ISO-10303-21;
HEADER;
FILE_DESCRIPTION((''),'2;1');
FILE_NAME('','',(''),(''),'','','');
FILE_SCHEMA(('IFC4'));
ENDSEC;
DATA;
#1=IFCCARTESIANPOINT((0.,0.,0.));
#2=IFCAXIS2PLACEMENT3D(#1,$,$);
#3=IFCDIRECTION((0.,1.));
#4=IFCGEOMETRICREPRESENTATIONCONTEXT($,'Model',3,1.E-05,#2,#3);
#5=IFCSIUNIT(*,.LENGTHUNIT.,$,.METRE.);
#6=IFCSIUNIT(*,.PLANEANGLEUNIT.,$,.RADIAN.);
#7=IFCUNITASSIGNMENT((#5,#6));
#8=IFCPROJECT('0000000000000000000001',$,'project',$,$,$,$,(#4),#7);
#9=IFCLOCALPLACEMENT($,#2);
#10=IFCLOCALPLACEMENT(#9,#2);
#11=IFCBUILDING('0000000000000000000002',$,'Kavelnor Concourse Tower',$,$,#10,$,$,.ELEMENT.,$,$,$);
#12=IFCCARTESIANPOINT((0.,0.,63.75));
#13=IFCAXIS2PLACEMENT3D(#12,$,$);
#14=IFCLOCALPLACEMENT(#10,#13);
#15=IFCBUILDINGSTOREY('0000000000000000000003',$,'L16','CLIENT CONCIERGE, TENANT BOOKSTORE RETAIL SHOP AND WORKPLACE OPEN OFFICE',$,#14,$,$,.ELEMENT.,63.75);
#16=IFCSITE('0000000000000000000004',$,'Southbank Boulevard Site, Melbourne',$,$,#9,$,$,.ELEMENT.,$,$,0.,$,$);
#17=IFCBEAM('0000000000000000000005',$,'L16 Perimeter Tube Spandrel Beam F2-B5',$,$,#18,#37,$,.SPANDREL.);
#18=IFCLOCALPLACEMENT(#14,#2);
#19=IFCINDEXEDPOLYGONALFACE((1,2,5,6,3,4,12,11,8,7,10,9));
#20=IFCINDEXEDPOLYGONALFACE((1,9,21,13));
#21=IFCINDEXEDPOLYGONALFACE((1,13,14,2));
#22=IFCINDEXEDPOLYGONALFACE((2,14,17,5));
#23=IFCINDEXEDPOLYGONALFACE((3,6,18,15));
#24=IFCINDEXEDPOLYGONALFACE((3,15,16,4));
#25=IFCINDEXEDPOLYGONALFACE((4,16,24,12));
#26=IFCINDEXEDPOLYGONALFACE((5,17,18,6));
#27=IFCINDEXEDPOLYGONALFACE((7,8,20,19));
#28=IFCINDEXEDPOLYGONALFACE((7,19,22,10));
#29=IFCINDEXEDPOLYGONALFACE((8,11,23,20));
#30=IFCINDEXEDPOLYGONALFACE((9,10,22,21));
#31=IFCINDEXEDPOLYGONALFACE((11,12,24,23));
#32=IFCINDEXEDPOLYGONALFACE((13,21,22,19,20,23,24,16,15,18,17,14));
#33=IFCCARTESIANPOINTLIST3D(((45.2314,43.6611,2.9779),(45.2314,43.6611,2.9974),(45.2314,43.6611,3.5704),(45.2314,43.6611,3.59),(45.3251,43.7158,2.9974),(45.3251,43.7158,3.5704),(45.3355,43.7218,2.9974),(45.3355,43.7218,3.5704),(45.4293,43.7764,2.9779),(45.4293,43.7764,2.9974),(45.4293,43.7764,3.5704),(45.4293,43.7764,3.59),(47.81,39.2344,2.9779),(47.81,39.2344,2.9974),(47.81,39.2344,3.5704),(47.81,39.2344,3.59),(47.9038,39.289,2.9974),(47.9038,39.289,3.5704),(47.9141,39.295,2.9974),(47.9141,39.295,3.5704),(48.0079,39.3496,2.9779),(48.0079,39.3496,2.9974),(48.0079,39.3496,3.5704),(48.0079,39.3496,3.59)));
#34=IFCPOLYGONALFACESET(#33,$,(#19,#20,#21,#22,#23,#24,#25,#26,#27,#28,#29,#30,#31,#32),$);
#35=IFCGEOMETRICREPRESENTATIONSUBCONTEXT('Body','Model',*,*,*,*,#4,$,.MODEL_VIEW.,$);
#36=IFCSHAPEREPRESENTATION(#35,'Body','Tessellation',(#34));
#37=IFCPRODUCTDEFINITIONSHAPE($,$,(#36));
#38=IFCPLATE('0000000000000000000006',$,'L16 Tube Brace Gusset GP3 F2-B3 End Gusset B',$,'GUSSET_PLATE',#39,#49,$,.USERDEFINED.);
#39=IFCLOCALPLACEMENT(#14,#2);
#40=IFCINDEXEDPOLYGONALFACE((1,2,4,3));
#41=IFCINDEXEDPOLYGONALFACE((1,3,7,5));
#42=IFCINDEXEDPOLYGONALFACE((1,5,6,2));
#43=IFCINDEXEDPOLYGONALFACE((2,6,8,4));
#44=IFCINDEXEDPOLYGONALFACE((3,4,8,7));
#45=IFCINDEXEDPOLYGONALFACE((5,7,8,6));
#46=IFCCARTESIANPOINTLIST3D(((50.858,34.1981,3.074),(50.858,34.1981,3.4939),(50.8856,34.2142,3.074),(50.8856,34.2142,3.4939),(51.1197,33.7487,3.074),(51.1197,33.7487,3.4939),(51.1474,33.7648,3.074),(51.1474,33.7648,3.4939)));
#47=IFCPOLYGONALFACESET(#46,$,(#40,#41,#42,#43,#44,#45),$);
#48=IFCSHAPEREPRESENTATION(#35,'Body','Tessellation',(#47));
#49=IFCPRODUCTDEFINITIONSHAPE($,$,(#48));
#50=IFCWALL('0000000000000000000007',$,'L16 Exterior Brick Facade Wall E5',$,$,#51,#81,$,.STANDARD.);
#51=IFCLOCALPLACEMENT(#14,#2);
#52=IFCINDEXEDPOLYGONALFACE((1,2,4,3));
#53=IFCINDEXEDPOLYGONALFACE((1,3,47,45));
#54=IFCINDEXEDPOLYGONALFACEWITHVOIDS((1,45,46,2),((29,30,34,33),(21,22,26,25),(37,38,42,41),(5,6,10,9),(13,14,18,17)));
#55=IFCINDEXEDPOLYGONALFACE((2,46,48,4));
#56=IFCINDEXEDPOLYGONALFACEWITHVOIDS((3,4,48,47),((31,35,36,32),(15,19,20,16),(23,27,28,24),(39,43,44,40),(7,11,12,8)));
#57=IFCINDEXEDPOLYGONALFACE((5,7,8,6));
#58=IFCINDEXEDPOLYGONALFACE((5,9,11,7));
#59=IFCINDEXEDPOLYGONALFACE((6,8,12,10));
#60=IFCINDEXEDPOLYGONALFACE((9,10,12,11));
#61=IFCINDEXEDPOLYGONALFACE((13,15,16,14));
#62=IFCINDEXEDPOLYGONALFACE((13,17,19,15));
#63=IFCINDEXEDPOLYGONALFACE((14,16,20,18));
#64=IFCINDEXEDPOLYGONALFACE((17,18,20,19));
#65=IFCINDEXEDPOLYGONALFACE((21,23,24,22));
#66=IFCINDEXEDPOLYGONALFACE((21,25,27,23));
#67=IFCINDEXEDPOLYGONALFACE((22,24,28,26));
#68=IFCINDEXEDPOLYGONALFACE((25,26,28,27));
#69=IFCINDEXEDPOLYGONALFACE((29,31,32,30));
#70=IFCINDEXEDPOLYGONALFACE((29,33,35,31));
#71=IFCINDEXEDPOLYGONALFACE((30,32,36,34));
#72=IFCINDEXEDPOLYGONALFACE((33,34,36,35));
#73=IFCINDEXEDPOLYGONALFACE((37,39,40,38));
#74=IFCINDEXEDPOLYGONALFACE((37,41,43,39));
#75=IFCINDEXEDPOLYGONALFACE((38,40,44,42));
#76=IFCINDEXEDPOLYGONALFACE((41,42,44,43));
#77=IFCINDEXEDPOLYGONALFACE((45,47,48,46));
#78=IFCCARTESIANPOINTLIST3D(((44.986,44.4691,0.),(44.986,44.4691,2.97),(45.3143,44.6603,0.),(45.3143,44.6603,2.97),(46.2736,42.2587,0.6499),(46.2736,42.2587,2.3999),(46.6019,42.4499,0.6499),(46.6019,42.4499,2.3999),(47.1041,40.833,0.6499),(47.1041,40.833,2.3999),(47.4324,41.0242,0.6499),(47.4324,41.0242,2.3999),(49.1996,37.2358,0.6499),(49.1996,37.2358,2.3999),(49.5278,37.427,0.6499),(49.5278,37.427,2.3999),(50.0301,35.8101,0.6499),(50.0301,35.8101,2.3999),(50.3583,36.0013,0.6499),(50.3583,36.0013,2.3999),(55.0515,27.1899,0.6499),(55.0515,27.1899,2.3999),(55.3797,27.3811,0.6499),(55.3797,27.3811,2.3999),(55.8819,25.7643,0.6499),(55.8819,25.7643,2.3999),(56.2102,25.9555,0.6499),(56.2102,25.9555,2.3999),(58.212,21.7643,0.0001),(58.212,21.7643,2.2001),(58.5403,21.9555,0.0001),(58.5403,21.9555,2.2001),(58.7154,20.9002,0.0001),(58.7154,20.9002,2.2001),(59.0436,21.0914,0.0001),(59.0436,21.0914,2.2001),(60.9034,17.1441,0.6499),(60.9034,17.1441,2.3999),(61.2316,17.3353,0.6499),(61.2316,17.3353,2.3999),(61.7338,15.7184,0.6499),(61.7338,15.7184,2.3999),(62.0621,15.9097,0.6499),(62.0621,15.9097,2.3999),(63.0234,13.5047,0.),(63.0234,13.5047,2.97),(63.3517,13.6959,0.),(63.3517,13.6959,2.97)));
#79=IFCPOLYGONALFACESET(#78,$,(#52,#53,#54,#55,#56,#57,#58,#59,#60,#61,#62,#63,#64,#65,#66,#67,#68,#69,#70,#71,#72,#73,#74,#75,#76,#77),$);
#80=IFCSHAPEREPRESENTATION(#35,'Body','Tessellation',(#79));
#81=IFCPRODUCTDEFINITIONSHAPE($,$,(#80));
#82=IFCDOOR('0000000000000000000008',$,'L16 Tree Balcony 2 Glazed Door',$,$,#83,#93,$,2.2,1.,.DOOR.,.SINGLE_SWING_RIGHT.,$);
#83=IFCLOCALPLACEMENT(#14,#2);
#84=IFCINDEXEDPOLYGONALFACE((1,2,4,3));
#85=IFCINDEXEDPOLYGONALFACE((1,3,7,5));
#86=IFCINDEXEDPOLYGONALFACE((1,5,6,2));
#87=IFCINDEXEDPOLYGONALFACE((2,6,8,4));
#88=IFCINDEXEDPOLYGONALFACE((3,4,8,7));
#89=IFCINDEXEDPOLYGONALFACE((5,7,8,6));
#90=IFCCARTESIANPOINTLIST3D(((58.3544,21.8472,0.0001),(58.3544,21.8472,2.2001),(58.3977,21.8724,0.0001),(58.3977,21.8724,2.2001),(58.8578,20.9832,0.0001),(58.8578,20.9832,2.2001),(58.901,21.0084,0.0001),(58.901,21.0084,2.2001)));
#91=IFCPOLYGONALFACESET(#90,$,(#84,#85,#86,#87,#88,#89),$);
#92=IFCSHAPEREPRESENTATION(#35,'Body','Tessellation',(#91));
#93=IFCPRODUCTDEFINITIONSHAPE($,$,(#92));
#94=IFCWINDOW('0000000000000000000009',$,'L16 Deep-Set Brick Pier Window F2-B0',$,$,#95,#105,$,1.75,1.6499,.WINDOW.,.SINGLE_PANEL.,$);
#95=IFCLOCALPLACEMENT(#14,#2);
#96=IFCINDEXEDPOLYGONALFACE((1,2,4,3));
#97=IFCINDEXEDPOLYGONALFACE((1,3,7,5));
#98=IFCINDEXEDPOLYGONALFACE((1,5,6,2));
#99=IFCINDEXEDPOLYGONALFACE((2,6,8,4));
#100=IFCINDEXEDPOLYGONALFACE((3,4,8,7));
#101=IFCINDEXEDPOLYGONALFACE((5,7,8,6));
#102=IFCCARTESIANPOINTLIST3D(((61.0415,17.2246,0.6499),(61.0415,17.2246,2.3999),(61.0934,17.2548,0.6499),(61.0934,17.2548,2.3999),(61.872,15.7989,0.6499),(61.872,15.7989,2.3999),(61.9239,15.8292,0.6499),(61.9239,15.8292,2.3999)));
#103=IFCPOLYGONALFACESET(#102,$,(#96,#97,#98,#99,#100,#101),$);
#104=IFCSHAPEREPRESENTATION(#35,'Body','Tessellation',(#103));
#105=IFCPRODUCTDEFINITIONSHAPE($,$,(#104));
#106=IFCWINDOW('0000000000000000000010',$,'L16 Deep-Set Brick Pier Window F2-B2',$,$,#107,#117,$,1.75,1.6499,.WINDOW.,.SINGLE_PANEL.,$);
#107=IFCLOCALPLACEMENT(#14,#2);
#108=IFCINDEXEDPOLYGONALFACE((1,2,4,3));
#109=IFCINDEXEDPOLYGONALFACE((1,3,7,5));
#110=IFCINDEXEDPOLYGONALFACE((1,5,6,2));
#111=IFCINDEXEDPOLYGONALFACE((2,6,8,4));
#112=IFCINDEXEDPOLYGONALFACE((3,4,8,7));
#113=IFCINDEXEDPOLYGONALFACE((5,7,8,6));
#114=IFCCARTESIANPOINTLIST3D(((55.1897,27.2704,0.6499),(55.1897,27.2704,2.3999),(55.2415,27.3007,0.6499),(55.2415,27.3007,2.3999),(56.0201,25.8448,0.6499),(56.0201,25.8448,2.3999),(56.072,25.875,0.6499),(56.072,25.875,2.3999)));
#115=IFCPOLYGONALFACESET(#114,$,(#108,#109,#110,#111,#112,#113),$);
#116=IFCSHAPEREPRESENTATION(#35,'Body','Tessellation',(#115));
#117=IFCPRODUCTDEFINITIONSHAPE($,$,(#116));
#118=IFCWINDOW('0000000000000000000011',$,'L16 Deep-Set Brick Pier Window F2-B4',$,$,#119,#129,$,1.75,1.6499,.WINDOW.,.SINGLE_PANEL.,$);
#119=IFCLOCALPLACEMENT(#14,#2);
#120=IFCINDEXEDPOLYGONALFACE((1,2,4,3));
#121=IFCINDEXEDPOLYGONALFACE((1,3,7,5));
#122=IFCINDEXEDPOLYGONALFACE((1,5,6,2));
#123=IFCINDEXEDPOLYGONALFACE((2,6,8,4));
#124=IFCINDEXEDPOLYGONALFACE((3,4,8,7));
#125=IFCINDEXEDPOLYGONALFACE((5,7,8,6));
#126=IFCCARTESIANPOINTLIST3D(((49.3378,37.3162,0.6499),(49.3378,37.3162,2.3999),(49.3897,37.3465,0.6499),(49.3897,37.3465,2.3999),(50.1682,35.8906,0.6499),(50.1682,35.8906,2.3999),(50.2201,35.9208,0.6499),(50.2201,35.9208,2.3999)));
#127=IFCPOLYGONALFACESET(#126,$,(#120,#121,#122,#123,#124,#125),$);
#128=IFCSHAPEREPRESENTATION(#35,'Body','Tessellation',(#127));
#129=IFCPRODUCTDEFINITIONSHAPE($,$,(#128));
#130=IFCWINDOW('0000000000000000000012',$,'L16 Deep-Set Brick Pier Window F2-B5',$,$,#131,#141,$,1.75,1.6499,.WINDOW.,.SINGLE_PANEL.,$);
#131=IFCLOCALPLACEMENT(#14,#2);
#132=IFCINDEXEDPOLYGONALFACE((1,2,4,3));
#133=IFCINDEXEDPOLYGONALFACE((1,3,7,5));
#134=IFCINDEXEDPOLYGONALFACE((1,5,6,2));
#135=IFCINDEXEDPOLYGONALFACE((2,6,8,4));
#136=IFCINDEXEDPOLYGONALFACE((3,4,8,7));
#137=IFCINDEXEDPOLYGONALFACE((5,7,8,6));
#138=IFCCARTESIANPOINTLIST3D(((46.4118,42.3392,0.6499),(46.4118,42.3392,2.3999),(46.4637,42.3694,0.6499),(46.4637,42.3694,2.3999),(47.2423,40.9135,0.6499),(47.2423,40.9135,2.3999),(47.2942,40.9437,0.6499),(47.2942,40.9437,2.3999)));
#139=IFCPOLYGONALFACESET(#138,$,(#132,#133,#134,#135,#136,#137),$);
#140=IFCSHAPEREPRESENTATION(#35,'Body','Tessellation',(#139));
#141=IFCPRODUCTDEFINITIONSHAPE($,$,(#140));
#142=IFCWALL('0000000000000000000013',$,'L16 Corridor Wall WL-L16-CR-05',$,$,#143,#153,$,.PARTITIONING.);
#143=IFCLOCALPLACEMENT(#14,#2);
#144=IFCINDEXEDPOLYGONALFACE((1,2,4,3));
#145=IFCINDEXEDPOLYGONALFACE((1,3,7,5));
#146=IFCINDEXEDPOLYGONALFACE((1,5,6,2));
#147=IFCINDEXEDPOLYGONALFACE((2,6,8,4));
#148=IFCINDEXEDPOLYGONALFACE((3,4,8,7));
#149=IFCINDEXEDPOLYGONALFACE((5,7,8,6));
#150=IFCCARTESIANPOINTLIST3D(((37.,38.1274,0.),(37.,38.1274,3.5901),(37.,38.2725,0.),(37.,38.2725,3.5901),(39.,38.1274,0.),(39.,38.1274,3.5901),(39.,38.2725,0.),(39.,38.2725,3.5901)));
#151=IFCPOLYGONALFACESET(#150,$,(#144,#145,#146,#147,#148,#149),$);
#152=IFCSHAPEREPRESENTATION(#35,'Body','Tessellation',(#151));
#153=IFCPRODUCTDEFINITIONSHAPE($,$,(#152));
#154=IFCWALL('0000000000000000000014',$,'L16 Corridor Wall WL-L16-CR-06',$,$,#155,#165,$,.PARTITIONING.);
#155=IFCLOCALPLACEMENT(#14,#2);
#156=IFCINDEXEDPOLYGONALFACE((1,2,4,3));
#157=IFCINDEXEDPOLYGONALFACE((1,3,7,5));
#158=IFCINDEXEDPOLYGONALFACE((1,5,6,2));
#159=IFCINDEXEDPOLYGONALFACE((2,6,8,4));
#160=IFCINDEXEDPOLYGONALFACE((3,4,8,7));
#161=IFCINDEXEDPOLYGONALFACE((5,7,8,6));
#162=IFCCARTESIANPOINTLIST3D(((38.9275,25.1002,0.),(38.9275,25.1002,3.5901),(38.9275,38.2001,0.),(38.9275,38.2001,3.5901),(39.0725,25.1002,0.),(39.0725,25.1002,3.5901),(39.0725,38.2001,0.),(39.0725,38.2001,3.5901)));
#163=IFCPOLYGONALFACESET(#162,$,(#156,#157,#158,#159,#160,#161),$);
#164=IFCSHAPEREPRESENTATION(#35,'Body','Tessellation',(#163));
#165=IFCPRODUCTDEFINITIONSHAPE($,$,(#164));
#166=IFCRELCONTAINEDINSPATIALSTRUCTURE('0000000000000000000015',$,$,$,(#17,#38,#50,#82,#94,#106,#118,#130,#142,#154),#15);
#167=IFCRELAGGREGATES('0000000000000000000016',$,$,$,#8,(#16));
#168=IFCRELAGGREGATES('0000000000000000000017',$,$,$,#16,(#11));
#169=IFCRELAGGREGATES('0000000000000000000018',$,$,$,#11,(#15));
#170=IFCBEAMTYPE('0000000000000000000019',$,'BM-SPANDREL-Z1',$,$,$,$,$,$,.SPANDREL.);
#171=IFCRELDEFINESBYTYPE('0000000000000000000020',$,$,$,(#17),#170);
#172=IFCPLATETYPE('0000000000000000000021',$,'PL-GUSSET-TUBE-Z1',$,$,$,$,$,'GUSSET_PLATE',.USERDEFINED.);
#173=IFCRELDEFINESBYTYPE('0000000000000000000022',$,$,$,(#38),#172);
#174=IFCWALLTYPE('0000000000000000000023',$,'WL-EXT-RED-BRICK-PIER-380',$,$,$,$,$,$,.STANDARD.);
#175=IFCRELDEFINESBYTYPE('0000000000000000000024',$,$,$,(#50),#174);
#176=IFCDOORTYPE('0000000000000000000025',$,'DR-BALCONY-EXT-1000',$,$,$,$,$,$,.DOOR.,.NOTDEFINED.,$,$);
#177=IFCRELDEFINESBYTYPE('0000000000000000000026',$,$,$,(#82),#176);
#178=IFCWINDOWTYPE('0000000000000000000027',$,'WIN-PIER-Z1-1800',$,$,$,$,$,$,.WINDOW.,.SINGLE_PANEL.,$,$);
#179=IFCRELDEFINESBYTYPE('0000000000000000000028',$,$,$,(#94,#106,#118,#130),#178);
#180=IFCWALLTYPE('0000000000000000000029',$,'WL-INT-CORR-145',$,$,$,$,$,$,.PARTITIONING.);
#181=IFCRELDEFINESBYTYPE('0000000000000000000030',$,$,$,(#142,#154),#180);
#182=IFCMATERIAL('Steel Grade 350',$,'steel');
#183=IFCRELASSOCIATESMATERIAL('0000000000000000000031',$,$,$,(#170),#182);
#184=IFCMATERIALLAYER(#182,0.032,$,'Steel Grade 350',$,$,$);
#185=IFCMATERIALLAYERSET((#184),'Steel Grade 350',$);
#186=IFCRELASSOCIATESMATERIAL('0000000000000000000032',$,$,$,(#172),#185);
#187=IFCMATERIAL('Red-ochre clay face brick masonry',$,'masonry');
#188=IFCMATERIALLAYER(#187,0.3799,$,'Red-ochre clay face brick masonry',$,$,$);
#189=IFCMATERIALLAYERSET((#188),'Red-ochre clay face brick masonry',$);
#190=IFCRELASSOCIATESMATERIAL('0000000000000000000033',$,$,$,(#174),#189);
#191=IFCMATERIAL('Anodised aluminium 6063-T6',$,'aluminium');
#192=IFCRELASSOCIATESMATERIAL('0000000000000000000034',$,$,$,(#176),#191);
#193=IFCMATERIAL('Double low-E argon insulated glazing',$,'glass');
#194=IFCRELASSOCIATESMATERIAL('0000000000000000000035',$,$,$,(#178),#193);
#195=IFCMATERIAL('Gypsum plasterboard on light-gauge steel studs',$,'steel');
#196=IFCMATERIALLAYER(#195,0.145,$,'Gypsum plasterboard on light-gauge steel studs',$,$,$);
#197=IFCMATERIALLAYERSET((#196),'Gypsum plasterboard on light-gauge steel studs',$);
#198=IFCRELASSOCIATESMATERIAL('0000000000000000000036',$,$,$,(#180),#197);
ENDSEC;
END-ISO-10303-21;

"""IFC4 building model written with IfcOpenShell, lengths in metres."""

from ifc_helpers import new_model, si_unit, direction, frame, frame_2d, origin, origin_2d, place, context, subcontext, project, spatial, rectangle, i_section, extrude, material, layer, layer_set, material_profile, profile_set, type_object, element, fill, save


model = new_model("IFC4")

# Units and contexts
model_context = context("Model", 3, precision=1e-05, world=origin(), true_north=direction((0.0, 1.0)))
body_context = subcontext(model_context, "Body", "Model", "MODEL_VIEW")
ifc_project = project(units=[si_unit("LENGTHUNIT", "METRE"), si_unit("PLANEANGLEUNIT", "RADIAN")], contexts=[model_context])

# Site, building, storey
site_placement = place(None, origin())
site = spatial("IfcSite", under=ifc_project, at=site_placement, Name="Southbank Boulevard Site, Melbourne", CompositionType="ELEMENT", RefElevation=0.0)
building_placement = place(site_placement, origin())
building = spatial("IfcBuilding", under=site, at=building_placement, Name="Kavelnor Concourse Tower", CompositionType="ELEMENT")
storey_placement = place(building_placement, frame((0.0, 0.0, 63.75)))
storey = spatial("IfcBuildingStorey", under=building, at=storey_placement, Name="L16", Description="CLIENT CONCIERGE, TENANT BOOKSTORE RETAIL SHOP AND WORKPLACE OPEN OFFICE", CompositionType="ELEMENT", Elevation=63.75)

# Shared definitions
ifc_material_1 = material(Name="Steel Grade 350", Category="steel")

# Beam
ifc_material_profile_1 = material_profile(ifc_material_1, i_section(OverallWidth=0.229, OverallDepth=0.6121, WebThickness=0.012, FlangeThickness=0.0195, at=origin_2d()), Name="610UB125")
ifc_profile_set_1 = profile_set([ifc_material_profile_1], Name="Steel Grade 350")
beam_type_1 = type_object("IfcBeamType", Name="BM-SPANDREL-Z1", PredefinedType="SPANDREL", material=ifc_profile_set_1)
for number, where, z_axis, x_axis, name in (
    (1, (47.9089, 39.292, 3.2839), (-0.503338, 0.86409, 0.0), (-0.86409, -0.503338, 0.0), "L16 Perimeter Tube Spandrel Beam F2-B5"),
):
    element("IfcBeam", number, at=place(storey_placement, frame(where, z_axis=z_axis, x_axis=x_axis)), inside=storey, type_object=beam_type_1, Name=name, PredefinedType="SPANDREL", context=body_context, shape_type="SweptSolid", body=[
        extrude(i_section(OverallWidth=0.229, OverallDepth=0.6121, WebThickness=0.012, FlangeThickness=0.0195, at=origin_2d()), origin(), (0.0, 0.0, 1.0), 5.123),
    ])

# Plate
ifc_layer_1 = layer(ifc_material_1, 0.032, Name="Steel Grade 350")
ifc_layer_set_1 = layer_set([ifc_layer_1], Name="Steel Grade 350")
plate_type = type_object("IfcPlateType", Name="PL-GUSSET-TUBE-Z1", ElementType="GUSSET_PLATE", PredefinedType="USERDEFINED", material=ifc_layer_set_1)
plate_placement = place(storey_placement, frame((51.0027, 33.9814, 3.074), z_axis=(0.0, 0.0, 1.0), x_axis=(-0.503322, 0.864099, 0.0)))
element("IfcPlate", 2, at=plate_placement, inside=storey, type_object=plate_type, Name="L16 Tube Brace Gusset GP3 F2-B3 End Gusset B", ObjectType="GUSSET_PLATE", PredefinedType="USERDEFINED", context=body_context, shape_type="SweptSolid", body=[
    extrude(rectangle(XDim=0.52, YDim=0.032, at=origin_2d()), origin(), (0.0, 0.0, 1.0), 0.4199),
])

# Wall, openings, door, windows
ifc_material_2 = material(Name="Red-ochre clay face brick masonry", Category="masonry")
ifc_layer_2 = layer(ifc_material_2, 0.3799, Name="Red-ochre clay face brick masonry")
ifc_layer_set_2 = layer_set([ifc_layer_2], Name="Red-ochre clay face brick masonry")
wall_type_1 = type_object("IfcWallType", Name="WL-EXT-RED-BRICK-PIER-380", PredefinedType="STANDARD", material=ifc_layer_set_2)
wall_1_placement = place(storey_placement, frame((45.1501, 44.5647, 0.0), z_axis=(0.0, 0.0, 1.0), x_axis=(0.503347, -0.864085, 0.0)))
wall_1 = element("IfcWall", 3, at=wall_1_placement, inside=storey, type_object=wall_type_1, Name="L16 Exterior Brick Facade Wall E5", PredefinedType="STANDARD", context=body_context, shape_type="SweptSolid", body=[
    extrude(rectangle(XDim=35.835, YDim=0.3799, at=frame_2d((17.9175, 0.0))), origin(), (0.0, 0.0, 1.0), 2.97),
])
opening_1_placement = place(wall_1_placement, frame((26.2761, 0.0, 0.0)))
opening_1 = element("IfcOpeningElement", 4, at=opening_1_placement, cuts=wall_1, PredefinedType="OPENING", context=body_context, shape_type="SweptSolid", body=[
    extrude(rectangle(XDim=1.0, YDim=2.2, at=frame_2d((0.5, 1.1001))), frame((0.0, 0.2, 0.0), z_axis=(0.0, -1.0, 0.0), x_axis=(1.0, 0.0, 0.0)), (0.0, 0.0, 1.0), 0.3999),
])
opening_2_placement = place(wall_1_placement, frame((31.623, 0.0, 0.6499)))
opening_2 = element("IfcOpeningElement", 5, at=opening_2_placement, cuts=wall_1, PredefinedType="OPENING", context=body_context, shape_type="SweptSolid", body=[
    extrude(rectangle(XDim=1.6499, YDim=1.75, at=frame_2d((0.825, 0.875))), frame((0.0, 0.2, 0.0), z_axis=(0.0, -1.0, 0.0), x_axis=(1.0, 0.0, 0.0)), (0.0, 0.0, 1.0), 0.3999),
])
opening_3_placement = place(wall_1_placement, frame((19.9971, 0.0, 0.6499)))
opening_3 = element("IfcOpeningElement", 6, at=opening_3_placement, cuts=wall_1, PredefinedType="OPENING", context=body_context, shape_type="SweptSolid", body=[
    extrude(rectangle(XDim=1.6499, YDim=1.75, at=frame_2d((0.825, 0.875))), frame((0.0, 0.2, 0.0), z_axis=(0.0, -1.0, 0.0), x_axis=(1.0, 0.0, 0.0)), (0.0, 0.0, 1.0), 0.3999),
])
opening_4_placement = place(wall_1_placement, frame((8.3711, 0.0, 0.6499)))
opening_4 = element("IfcOpeningElement", 7, at=opening_4_placement, cuts=wall_1, PredefinedType="OPENING", context=body_context, shape_type="SweptSolid", body=[
    extrude(rectangle(XDim=1.6499, YDim=1.75, at=frame_2d((0.825, 0.875))), frame((0.0, 0.2, 0.0), z_axis=(0.0, -1.0, 0.0), x_axis=(1.0, 0.0, 0.0)), (0.0, 0.0, 1.0), 0.3999),
])
opening_5_placement = place(wall_1_placement, frame((2.5581, 0.0, 0.6499)))
opening_5 = element("IfcOpeningElement", 8, at=opening_5_placement, cuts=wall_1, PredefinedType="OPENING", context=body_context, shape_type="SweptSolid", body=[
    extrude(rectangle(XDim=1.6499, YDim=1.75, at=frame_2d((0.825, 0.875))), frame((0.0, 0.2, 0.0), z_axis=(0.0, -1.0, 0.0), x_axis=(1.0, 0.0, 0.0)), (0.0, 0.0, 1.0), 0.3999),
])
ifc_material_3 = material(Name="Anodised aluminium 6063-T6", Category="aluminium")
door_type = type_object("IfcDoorType", Name="DR-BALCONY-EXT-1000", OperationType="NOTDEFINED", PredefinedType="DOOR", material=ifc_material_3)
door_placement = place(opening_1_placement, origin())
door = element("IfcDoor", 9, at=door_placement, inside=storey, type_object=door_type, Name="L16 Tree Balcony 2 Glazed Door", OperationType="SINGLE_SWING_RIGHT", OverallHeight=2.2, OverallWidth=1.0, PredefinedType="DOOR", context=body_context, shape_type="SweptSolid", body=[
    extrude(rectangle(XDim=1.0, YDim=2.2, at=frame_2d((0.5, 1.1001))), frame((0.0, 0.0249, 0.0), z_axis=(0.0, -1.0, 0.0), x_axis=(1.0, 0.0, 0.0)), (0.0, 0.0, 1.0), 0.05),
])
fill(opening_1, door)
ifc_material_4 = material(Name="Double low-E argon insulated glazing", Category="glass")
window_type = type_object("IfcWindowType", Name="WIN-PIER-Z1-1800", PartitioningType="SINGLE_PANEL", PredefinedType="WINDOW", material=ifc_material_4)
window_1_placement = place(opening_2_placement, origin())
window_1 = element("IfcWindow", 10, at=window_1_placement, inside=storey, type_object=window_type, Name="L16 Deep-Set Brick Pier Window F2-B0", OverallHeight=1.75, OverallWidth=1.6499, PartitioningType="SINGLE_PANEL", PredefinedType="WINDOW", context=body_context, shape_type="SweptSolid", body=[
    extrude(rectangle(XDim=1.6499, YDim=1.75, at=frame_2d((0.825, 0.875))), frame((0.0, 0.03, 0.0), z_axis=(0.0, -1.0, 0.0), x_axis=(1.0, 0.0, 0.0)), (0.0, 0.0, 1.0), 0.0601),
])
fill(opening_2, window_1)
window_2_placement = place(opening_3_placement, origin())
window_2 = element("IfcWindow", 11, at=window_2_placement, inside=storey, type_object=window_type, Name="L16 Deep-Set Brick Pier Window F2-B2", OverallHeight=1.75, OverallWidth=1.6499, PartitioningType="SINGLE_PANEL", PredefinedType="WINDOW", context=body_context, shape_type="SweptSolid", body=[
    extrude(rectangle(XDim=1.6499, YDim=1.75, at=frame_2d((0.825, 0.875))), frame((0.0, 0.03, 0.0), z_axis=(0.0, -1.0, 0.0), x_axis=(1.0, 0.0, 0.0)), (0.0, 0.0, 1.0), 0.0601),
])
fill(opening_3, window_2)
window_3_placement = place(opening_4_placement, origin())
window_3 = element("IfcWindow", 12, at=window_3_placement, inside=storey, type_object=window_type, Name="L16 Deep-Set Brick Pier Window F2-B4", OverallHeight=1.75, OverallWidth=1.6499, PartitioningType="SINGLE_PANEL", PredefinedType="WINDOW", context=body_context, shape_type="SweptSolid", body=[
    extrude(rectangle(XDim=1.6499, YDim=1.75, at=frame_2d((0.825, 0.875))), frame((0.0, 0.03, 0.0), z_axis=(0.0, -1.0, 0.0), x_axis=(1.0, 0.0, 0.0)), (0.0, 0.0, 1.0), 0.0601),
])
fill(opening_4, window_3)
window_4_placement = place(opening_5_placement, origin())
window_4 = element("IfcWindow", 13, at=window_4_placement, inside=storey, type_object=window_type, Name="L16 Deep-Set Brick Pier Window F2-B5", OverallHeight=1.75, OverallWidth=1.6499, PartitioningType="SINGLE_PANEL", PredefinedType="WINDOW", context=body_context, shape_type="SweptSolid", body=[
    extrude(rectangle(XDim=1.6499, YDim=1.75, at=frame_2d((0.825, 0.875))), frame((0.0, 0.03, 0.0), z_axis=(0.0, -1.0, 0.0), x_axis=(1.0, 0.0, 0.0)), (0.0, 0.0, 1.0), 0.0601),
])
fill(opening_5, window_4)

# Walls
ifc_material_5 = material(Name="Gypsum plasterboard on light-gauge steel studs", Category="steel")
ifc_layer_3 = layer(ifc_material_5, 0.145, Name="Gypsum plasterboard on light-gauge steel studs")
ifc_layer_set_3 = layer_set([ifc_layer_3], Name="Gypsum plasterboard on light-gauge steel studs")
wall_type_2 = type_object("IfcWallType", Name="WL-INT-CORR-145", PredefinedType="PARTITIONING", material=ifc_layer_set_3)
wall_2_placement = place(storey_placement, frame((37.0, 38.2, 0.0), z_axis=(0.0, 0.0, 1.0), x_axis=(1.0, 0.0, 0.0)))
element("IfcWall", 14, at=wall_2_placement, inside=storey, type_object=wall_type_2, Name="L16 Corridor Wall WL-L16-CR-05", PredefinedType="PARTITIONING", context=body_context, shape_type="SweptSolid", body=[
    extrude(rectangle(XDim=2.0, YDim=0.145, at=frame_2d((1.0, 0.0))), origin(), (0.0, 0.0, 1.0), 3.5901),
])
wall_3_placement = place(storey_placement, frame((39.0, 38.2, 0.0), z_axis=(0.0, 0.0, 1.0), x_axis=(0.0, -1.0, 0.0)))
element("IfcWall", 15, at=wall_3_placement, inside=storey, type_object=wall_type_2, Name="L16 Corridor Wall WL-L16-CR-06", PredefinedType="PARTITIONING", context=body_context, shape_type="SweptSolid", body=[
    extrude(rectangle(XDim=13.0999, YDim=0.145, at=frame_2d((6.5498, 0.0))), origin(), (0.0, 0.0, 1.0), 3.5901),
])

save(model, "model.ifc")
